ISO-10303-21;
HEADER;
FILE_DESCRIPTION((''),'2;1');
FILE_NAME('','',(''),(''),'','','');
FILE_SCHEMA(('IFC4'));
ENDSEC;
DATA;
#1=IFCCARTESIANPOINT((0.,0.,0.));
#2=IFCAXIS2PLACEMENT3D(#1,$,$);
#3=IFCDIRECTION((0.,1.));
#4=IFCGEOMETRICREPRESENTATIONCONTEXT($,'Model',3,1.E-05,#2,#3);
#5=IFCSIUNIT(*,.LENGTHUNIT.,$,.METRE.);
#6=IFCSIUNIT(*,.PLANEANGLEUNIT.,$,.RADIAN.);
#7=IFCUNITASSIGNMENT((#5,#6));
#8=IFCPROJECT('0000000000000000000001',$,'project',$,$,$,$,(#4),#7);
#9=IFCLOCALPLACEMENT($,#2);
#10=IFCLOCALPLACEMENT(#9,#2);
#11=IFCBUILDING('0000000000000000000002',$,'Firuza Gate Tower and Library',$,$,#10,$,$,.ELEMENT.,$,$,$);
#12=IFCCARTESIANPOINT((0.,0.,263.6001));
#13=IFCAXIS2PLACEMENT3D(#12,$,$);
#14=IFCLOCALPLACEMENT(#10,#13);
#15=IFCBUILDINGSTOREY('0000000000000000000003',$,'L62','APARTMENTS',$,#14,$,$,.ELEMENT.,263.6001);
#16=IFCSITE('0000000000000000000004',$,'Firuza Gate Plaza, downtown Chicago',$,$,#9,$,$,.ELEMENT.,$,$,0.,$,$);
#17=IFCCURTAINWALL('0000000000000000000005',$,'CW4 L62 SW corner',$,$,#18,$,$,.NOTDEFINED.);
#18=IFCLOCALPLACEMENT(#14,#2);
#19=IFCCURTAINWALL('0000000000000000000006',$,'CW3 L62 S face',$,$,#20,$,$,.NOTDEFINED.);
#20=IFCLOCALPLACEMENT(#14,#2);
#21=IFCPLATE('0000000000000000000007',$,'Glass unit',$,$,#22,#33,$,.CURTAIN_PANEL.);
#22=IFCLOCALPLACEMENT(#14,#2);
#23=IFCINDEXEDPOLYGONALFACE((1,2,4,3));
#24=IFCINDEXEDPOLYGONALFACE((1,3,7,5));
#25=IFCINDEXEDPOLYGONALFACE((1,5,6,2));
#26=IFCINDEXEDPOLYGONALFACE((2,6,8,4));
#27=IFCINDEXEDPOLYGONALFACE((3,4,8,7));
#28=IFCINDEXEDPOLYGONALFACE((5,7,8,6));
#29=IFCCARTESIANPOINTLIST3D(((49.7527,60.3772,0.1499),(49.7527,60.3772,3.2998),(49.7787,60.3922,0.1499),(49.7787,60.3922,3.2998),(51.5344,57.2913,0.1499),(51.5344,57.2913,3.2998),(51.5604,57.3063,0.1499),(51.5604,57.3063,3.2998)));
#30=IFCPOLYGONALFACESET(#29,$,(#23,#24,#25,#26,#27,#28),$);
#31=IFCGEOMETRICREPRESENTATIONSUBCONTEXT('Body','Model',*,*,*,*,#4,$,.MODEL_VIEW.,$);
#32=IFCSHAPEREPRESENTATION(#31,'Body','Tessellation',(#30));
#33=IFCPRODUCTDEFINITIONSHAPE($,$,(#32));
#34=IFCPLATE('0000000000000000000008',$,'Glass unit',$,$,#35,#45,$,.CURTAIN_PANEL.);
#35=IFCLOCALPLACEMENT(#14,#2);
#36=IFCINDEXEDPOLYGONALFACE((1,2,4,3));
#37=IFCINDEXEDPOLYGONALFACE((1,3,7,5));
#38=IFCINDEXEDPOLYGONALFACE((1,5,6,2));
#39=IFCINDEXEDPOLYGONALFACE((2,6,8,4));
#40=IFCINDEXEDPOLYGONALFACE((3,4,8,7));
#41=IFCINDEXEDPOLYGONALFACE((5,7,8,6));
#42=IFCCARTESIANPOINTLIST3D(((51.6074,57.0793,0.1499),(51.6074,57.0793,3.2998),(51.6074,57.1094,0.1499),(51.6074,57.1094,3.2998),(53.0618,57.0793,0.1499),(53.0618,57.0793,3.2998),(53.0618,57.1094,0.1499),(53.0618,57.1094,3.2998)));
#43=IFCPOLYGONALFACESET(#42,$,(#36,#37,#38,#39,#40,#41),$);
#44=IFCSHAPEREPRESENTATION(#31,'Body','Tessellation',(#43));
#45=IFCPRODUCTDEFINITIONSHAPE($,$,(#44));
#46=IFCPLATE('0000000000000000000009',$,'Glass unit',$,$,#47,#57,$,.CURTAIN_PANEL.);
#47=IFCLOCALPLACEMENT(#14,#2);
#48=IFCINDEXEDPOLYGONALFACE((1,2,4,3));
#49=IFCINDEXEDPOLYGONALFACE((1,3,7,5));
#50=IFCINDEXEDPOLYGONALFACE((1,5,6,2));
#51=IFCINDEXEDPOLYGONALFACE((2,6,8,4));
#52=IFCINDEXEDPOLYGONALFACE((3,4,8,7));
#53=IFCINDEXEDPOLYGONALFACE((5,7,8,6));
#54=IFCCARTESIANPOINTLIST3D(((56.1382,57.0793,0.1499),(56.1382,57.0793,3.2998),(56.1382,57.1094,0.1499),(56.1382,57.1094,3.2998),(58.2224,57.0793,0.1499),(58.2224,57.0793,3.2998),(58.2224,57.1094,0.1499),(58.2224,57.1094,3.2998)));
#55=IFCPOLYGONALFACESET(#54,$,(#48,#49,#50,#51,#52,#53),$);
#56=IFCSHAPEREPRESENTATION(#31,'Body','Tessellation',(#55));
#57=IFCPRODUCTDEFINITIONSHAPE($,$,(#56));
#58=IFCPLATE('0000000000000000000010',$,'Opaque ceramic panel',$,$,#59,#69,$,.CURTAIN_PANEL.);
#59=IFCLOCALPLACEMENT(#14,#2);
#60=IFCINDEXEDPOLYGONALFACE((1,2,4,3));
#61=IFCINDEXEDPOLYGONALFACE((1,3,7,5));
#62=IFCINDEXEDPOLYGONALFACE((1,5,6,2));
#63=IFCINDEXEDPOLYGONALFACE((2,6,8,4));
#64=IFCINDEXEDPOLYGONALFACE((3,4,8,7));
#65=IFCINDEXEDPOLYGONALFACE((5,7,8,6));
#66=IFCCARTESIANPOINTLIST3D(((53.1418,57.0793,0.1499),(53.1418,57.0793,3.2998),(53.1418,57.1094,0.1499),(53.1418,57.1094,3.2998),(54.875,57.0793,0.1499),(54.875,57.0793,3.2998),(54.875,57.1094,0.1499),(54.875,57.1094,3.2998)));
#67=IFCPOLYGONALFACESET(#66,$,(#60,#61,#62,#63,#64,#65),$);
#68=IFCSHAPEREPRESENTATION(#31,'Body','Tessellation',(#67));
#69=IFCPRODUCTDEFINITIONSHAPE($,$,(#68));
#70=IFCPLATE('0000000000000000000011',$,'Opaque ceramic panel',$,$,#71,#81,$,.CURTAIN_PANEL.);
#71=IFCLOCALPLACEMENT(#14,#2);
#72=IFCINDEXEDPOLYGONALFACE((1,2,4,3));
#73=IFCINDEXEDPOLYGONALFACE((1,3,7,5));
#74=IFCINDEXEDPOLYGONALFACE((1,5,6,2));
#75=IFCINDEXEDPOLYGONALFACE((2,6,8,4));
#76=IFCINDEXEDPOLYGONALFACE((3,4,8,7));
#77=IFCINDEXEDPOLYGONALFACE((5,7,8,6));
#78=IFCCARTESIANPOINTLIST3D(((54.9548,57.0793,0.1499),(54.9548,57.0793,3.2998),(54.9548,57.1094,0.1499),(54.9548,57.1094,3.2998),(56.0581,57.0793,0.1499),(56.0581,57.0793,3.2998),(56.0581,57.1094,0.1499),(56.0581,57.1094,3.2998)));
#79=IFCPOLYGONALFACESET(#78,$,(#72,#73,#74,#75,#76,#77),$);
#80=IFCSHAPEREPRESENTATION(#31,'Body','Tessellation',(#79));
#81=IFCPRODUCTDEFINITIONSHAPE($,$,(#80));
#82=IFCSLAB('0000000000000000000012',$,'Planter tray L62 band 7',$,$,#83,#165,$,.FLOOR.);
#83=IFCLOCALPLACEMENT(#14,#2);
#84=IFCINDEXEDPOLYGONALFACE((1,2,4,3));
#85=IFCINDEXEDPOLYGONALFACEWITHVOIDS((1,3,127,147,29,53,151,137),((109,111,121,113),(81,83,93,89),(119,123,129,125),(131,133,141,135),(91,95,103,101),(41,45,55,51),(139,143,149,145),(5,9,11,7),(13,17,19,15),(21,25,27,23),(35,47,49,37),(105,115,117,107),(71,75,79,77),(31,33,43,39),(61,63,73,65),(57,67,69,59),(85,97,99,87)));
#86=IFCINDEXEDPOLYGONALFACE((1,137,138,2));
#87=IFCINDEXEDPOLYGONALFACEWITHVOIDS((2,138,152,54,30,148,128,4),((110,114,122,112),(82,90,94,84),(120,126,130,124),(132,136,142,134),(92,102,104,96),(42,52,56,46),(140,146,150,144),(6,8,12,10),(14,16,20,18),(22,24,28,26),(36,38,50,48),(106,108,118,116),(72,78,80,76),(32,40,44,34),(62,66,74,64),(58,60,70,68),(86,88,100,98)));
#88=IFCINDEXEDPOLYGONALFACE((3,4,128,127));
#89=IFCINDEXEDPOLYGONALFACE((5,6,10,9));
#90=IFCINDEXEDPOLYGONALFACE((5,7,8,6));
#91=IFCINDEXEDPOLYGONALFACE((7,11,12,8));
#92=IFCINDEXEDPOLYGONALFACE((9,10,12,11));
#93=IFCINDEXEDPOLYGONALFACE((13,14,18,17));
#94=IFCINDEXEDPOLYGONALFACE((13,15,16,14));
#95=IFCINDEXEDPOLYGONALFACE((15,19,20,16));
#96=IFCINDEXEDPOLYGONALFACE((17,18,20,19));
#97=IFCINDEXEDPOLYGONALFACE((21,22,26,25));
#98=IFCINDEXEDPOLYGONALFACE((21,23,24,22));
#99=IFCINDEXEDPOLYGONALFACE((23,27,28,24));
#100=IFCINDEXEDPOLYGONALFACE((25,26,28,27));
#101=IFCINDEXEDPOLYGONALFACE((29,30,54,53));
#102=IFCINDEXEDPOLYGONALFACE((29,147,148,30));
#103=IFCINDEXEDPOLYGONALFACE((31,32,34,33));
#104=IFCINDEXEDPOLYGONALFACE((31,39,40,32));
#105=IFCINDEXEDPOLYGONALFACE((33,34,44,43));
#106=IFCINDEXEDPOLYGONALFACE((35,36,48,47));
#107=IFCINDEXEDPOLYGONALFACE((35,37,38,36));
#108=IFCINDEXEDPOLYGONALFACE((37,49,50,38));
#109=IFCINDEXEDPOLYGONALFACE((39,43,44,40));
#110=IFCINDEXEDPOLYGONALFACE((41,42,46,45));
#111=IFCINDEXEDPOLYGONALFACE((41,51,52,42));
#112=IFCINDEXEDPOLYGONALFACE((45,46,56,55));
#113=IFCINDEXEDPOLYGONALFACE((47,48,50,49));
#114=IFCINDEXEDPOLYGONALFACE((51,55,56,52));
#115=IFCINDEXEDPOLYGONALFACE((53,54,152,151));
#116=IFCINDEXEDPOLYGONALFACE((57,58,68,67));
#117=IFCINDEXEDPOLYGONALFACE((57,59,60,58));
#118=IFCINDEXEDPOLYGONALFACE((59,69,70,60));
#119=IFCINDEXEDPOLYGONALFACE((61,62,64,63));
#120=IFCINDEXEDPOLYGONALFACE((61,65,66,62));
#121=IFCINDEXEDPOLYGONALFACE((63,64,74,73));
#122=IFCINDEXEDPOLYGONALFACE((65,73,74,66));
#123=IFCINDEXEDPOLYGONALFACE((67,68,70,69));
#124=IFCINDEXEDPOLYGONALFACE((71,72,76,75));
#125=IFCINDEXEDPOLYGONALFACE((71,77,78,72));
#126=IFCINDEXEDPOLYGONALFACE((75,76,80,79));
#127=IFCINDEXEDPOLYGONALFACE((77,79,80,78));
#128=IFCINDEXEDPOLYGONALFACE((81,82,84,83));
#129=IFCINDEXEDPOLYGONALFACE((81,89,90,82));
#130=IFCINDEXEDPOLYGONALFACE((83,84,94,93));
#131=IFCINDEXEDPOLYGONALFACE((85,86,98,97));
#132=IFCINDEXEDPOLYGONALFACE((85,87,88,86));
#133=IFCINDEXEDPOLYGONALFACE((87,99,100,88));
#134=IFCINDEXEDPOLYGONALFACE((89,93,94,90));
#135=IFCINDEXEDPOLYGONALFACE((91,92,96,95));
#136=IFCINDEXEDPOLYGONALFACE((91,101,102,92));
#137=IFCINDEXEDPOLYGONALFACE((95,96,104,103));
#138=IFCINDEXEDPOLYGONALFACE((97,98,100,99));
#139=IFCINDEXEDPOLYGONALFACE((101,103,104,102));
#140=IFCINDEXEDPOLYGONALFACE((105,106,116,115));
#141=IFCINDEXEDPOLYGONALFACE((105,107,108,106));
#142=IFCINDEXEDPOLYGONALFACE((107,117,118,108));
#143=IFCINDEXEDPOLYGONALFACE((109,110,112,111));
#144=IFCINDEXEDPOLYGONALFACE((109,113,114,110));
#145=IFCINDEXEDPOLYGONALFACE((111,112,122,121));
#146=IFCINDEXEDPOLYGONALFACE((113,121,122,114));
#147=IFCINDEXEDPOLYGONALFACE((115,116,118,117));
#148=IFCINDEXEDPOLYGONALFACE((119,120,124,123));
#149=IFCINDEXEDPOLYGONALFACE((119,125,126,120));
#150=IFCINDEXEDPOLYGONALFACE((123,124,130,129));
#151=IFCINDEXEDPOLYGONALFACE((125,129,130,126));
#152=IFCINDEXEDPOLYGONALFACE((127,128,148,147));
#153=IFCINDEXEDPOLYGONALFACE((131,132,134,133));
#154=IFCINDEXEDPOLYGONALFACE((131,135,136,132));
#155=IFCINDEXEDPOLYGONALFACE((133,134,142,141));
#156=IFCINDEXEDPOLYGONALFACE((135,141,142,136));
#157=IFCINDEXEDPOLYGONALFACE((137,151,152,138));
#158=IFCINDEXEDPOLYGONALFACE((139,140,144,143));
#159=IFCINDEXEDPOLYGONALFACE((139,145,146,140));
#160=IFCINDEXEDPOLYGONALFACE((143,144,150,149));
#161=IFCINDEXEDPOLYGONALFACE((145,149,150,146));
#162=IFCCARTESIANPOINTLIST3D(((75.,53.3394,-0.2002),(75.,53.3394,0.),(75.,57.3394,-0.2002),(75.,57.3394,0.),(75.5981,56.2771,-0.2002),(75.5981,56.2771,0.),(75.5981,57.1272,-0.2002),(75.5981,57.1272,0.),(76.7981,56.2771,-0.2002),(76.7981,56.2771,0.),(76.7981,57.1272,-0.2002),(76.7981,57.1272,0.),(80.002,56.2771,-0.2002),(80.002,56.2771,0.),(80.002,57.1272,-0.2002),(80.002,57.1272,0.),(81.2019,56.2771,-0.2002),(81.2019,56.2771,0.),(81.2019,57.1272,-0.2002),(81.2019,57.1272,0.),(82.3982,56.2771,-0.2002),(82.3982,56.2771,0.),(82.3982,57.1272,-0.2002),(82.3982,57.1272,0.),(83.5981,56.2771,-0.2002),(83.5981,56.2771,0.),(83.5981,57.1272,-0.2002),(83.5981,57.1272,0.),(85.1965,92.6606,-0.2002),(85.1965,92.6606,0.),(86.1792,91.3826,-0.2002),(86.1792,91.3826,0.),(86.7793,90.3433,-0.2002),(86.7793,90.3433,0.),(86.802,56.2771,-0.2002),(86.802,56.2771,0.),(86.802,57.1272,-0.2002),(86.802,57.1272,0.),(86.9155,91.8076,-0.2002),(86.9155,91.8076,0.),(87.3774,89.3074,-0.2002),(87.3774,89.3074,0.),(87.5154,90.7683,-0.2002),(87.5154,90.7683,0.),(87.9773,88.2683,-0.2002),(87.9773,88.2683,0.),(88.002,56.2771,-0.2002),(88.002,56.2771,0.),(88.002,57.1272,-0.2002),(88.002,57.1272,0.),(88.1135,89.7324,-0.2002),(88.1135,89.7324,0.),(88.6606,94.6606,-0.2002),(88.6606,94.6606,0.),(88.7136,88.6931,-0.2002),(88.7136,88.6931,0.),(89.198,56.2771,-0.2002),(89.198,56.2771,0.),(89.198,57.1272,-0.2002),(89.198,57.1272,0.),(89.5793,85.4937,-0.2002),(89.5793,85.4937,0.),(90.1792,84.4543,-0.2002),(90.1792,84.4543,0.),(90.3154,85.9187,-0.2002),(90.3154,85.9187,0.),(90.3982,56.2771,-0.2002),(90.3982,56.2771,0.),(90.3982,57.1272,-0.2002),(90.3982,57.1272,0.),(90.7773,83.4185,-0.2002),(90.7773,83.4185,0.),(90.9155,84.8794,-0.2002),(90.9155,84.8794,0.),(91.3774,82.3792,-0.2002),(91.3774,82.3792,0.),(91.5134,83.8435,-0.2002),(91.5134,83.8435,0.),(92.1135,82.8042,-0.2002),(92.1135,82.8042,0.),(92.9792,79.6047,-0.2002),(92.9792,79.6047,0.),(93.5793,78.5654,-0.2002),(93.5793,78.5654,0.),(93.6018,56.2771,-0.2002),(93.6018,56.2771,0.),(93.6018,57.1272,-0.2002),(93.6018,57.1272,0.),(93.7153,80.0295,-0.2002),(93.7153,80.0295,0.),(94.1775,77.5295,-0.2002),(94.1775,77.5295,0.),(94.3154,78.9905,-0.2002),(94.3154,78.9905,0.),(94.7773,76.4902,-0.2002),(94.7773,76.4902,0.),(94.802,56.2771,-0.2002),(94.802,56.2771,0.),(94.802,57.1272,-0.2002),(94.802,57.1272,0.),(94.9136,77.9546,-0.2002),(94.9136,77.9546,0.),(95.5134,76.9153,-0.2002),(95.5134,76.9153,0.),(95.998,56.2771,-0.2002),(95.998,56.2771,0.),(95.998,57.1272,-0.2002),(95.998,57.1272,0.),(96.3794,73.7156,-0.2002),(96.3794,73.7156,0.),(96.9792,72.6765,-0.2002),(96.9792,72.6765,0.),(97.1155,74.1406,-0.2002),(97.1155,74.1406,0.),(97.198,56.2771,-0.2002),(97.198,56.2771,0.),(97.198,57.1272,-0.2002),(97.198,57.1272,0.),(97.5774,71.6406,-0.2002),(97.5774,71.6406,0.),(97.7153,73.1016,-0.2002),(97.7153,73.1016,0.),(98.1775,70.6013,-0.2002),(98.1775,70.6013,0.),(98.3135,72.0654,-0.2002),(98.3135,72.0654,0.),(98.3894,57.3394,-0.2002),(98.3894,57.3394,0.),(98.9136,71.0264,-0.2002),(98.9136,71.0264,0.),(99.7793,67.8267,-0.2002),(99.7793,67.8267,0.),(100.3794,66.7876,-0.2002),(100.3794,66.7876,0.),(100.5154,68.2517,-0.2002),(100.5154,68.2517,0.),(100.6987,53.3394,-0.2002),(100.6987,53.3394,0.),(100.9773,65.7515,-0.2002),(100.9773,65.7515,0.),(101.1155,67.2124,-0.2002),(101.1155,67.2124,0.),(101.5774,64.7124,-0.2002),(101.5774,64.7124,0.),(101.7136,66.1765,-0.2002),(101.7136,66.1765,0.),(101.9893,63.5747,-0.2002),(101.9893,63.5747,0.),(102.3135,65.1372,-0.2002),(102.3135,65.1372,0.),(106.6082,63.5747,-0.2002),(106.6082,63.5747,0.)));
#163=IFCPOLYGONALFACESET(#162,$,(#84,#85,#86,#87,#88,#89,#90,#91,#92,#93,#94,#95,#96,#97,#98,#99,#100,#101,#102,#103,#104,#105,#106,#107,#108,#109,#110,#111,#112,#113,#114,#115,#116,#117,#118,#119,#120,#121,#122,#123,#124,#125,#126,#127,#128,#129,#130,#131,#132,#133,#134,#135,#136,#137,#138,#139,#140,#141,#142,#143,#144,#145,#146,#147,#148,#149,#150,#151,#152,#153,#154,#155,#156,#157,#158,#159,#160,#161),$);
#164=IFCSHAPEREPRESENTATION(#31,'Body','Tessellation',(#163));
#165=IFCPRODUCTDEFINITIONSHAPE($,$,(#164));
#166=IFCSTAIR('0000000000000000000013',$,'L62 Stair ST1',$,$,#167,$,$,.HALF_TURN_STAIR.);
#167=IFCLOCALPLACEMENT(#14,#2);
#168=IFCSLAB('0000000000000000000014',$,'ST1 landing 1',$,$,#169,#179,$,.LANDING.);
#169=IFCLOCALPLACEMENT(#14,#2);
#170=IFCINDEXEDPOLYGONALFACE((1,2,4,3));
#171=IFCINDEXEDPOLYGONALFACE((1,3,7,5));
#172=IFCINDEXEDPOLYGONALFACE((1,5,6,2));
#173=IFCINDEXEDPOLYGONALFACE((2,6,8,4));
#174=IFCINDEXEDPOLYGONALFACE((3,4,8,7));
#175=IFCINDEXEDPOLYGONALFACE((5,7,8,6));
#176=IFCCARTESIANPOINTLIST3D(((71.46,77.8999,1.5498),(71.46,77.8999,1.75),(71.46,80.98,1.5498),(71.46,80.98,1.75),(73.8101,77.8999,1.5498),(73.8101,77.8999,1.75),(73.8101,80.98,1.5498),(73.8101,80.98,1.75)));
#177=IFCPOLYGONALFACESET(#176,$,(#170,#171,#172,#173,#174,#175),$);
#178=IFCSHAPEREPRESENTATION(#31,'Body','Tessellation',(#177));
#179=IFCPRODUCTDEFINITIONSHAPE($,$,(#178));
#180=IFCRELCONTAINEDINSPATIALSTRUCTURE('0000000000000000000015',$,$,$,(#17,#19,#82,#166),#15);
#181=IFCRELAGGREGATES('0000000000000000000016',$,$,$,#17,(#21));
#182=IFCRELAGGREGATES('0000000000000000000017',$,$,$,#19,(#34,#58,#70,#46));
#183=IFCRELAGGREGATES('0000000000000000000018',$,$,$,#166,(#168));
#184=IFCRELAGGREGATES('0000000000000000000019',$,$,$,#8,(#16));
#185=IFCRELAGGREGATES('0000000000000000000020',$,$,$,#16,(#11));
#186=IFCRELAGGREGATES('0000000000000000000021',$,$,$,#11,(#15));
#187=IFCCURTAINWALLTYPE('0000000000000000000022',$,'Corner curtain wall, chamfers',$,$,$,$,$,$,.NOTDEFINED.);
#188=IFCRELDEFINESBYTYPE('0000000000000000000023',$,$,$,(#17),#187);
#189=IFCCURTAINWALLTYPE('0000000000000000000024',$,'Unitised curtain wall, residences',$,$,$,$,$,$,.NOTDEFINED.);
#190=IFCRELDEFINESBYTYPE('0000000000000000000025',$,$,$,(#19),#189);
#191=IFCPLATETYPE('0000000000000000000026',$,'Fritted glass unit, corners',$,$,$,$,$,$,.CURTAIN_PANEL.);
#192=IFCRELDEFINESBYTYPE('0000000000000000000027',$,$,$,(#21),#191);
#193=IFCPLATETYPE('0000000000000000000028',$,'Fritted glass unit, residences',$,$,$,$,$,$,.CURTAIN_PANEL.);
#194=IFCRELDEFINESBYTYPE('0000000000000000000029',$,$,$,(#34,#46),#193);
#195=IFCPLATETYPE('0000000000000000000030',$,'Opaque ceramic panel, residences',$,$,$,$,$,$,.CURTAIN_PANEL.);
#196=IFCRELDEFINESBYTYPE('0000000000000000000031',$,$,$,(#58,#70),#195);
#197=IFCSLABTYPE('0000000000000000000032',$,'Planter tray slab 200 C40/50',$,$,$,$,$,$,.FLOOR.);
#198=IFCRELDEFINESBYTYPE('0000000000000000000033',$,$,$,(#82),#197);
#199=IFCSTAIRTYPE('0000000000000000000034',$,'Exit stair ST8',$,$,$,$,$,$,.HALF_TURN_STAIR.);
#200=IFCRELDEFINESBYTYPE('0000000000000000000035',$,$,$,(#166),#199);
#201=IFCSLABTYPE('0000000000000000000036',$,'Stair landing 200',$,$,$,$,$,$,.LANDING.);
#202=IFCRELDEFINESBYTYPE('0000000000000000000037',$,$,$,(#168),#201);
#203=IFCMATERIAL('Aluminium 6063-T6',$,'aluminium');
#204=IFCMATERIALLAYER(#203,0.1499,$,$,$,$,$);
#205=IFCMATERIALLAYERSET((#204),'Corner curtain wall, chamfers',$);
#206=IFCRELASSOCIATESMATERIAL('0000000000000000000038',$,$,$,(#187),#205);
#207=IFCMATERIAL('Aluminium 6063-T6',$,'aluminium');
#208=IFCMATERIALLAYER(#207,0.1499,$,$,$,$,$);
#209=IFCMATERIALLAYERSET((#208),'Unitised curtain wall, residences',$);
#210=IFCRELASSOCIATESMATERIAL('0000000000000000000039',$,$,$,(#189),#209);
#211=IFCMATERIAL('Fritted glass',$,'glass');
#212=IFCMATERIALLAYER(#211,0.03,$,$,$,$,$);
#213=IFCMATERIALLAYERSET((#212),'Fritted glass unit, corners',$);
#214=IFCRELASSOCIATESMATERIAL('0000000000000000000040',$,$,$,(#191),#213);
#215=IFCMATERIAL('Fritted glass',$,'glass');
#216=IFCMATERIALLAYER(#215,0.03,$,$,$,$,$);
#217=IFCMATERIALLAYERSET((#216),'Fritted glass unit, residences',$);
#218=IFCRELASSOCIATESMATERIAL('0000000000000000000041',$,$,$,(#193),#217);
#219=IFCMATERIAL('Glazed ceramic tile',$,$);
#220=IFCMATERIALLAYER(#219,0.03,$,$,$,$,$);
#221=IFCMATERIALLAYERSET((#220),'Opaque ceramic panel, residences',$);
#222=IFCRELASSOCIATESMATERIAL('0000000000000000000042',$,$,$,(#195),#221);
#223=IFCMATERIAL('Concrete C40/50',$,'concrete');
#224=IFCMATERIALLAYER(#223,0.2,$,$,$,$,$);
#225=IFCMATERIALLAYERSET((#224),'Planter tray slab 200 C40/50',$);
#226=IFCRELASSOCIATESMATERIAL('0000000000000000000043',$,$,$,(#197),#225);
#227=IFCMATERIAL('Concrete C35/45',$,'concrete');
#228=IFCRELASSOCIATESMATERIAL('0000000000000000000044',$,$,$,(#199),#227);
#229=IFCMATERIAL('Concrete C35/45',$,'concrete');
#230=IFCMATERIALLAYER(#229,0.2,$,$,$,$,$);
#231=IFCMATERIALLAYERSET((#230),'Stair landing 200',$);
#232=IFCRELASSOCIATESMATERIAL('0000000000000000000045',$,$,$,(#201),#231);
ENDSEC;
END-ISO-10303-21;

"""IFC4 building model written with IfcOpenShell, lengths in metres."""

from ifc_helpers import new_model, si_unit, direction, frame, origin, place, context, subcontext, project, spatial, polyline, outline, extrude, material, layer, layer_set, type_object, element, aggregate, save


model = new_model("IFC4")

# Units and contexts
model_context = context("Model", 3, precision=1e-05, world=origin(), true_north=direction((0.0, 1.0)))
body_context = subcontext(model_context, "Body", "Model", "MODEL_VIEW")
ifc_project = project(units=[si_unit("LENGTHUNIT", "METRE"), si_unit("PLANEANGLEUNIT", "RADIAN")], contexts=[model_context])

# Site, building, storey
site_placement = place(None, origin())
site = spatial("IfcSite", under=ifc_project, at=site_placement, Name="Firuza Gate Plaza, downtown Chicago", CompositionType="ELEMENT", RefElevation=0.0)
building_placement = place(site_placement, origin())
building = spatial("IfcBuilding", under=site, at=building_placement, Name="Firuza Gate Tower and Library", CompositionType="ELEMENT")
storey_placement = place(building_placement, frame((0.0, 0.0, 263.6001)))
storey = spatial("IfcBuildingStorey", under=building, at=storey_placement, Name="L62", Description="APARTMENTS", CompositionType="ELEMENT", Elevation=263.6001)

# Curtain walls
ifc_material_1 = material(Name="Aluminium 6063-T6", Category="aluminium")
ifc_layer_1 = layer(ifc_material_1, 0.1499)
ifc_layer_set_1 = layer_set([ifc_layer_1], Name="Corner curtain wall, chamfers")
curtain_wall_type_1 = type_object("IfcCurtainWallType", Name="Corner curtain wall, chamfers", PredefinedType="NOTDEFINED", material=ifc_layer_set_1)
placement_1 = place(storey_placement, origin())
curtain_wall_1 = element("IfcCurtainWall", 1, at=placement_1, inside=storey, type_object=curtain_wall_type_1, Name="CW4 L62 SW corner", PredefinedType="NOTDEFINED")
ifc_material_2 = material(Name="Aluminium 6063-T6", Category="aluminium")
ifc_layer_2 = layer(ifc_material_2, 0.1499)
ifc_layer_set_2 = layer_set([ifc_layer_2], Name="Unitised curtain wall, residences")
curtain_wall_type_2 = type_object("IfcCurtainWallType", Name="Unitised curtain wall, residences", PredefinedType="NOTDEFINED", material=ifc_layer_set_2)
curtain_wall_2 = element("IfcCurtainWall", 2, at=placement_1, inside=storey, type_object=curtain_wall_type_2, Name="CW3 L62 S face", PredefinedType="NOTDEFINED")

# Shared definitions
placement_2 = place(storey_placement, frame((0.0, 0.0, -0.2002)))

# Plates
ifc_material_3 = material(Name="Fritted glass", Category="glass")
ifc_layer_3 = layer(ifc_material_3, 0.03)
ifc_layer_set_3 = layer_set([ifc_layer_3], Name="Fritted glass unit, corners")
plate_type_1 = type_object("IfcPlateType", Name="Fritted glass unit, corners", PredefinedType="CURTAIN_PANEL", material=ifc_layer_set_3)
plate_1_placement = place(storey_placement, frame((49.7527, 60.3772, 0.1499), z_axis=(-0.866017, -0.500015, 0.0), x_axis=(0.500015, -0.866017, 0.0)))
plate_1 = element("IfcPlate", 3, at=plate_1_placement, type_object=plate_type_1, Name="Glass unit", PredefinedType="CURTAIN_PANEL", context=body_context, shape_type="SweptSolid", body=[
    extrude(outline(polyline([(0.0, 0.0), (3.5634, 0.0), (3.5634, 3.1499), (0.0, 3.1499), (0.0, 0.0)])), origin(), (0.0, 0.0, -1.0), 0.03),
])
aggregate(curtain_wall_1, [plate_1])
ifc_material_4 = material(Name="Fritted glass", Category="glass")
ifc_layer_4 = layer(ifc_material_4, 0.03)
ifc_layer_set_4 = layer_set([ifc_layer_4], Name="Fritted glass unit, residences")
plate_type_2 = type_object("IfcPlateType", Name="Fritted glass unit, residences", PredefinedType="CURTAIN_PANEL", material=ifc_layer_set_4)
plate_2_placement = place(storey_placement, frame((51.6074, 57.0793, 0.1499), z_axis=(0.0, -1.0, 0.0), x_axis=(1.0, 0.0, 0.0)))
plate_2 = element("IfcPlate", 4, at=plate_2_placement, type_object=plate_type_2, Name="Glass unit", PredefinedType="CURTAIN_PANEL", context=body_context, shape_type="SweptSolid", body=[
    extrude(outline(polyline([(0.0, 0.0), (1.4543, 0.0), (1.4543, 3.1499), (0.0, 3.1499), (0.0, 0.0)])), origin(), (0.0, 0.0, -1.0), 0.03),
])
plate_3_placement = place(storey_placement, frame((56.1382, 57.0793, 0.1499), z_axis=(0.0, -1.0, 0.0), x_axis=(1.0, 0.0, 0.0)))
plate_3 = element("IfcPlate", 5, at=plate_3_placement, type_object=plate_type_2, Name="Glass unit", PredefinedType="CURTAIN_PANEL", context=body_context, shape_type="SweptSolid", body=[
    extrude(outline(polyline([(0.0, 0.0), (2.0842, 0.0), (2.0842, 3.1499), (0.0, 3.1499), (0.0, 0.0)])), origin(), (0.0, 0.0, -1.0), 0.03),
])
ifc_material_5 = material(Name="Glazed ceramic tile")
ifc_layer_5 = layer(ifc_material_5, 0.03)
ifc_layer_set_5 = layer_set([ifc_layer_5], Name="Opaque ceramic panel, residences")
plate_type_3 = type_object("IfcPlateType", Name="Opaque ceramic panel, residences", PredefinedType="CURTAIN_PANEL", material=ifc_layer_set_5)
plate_4_placement = place(storey_placement, frame((53.1418, 57.0793, 0.1499), z_axis=(0.0, -1.0, 0.0), x_axis=(1.0, 0.0, 0.0)))
plate_4 = element("IfcPlate", 6, at=plate_4_placement, type_object=plate_type_3, Name="Opaque ceramic panel", PredefinedType="CURTAIN_PANEL", context=body_context, shape_type="SweptSolid", body=[
    extrude(outline(polyline([(0.0, 0.0), (1.7332, 0.0), (1.7332, 3.1499), (0.0, 3.1499), (0.0, 0.0)])), origin(), (0.0, 0.0, -1.0), 0.03),
])
plate_5_placement = place(storey_placement, frame((54.9548, 57.0793, 0.1499), z_axis=(0.0, -1.0, 0.0), x_axis=(1.0, 0.0, 0.0)))
plate_5 = element("IfcPlate", 7, at=plate_5_placement, type_object=plate_type_3, Name="Opaque ceramic panel", PredefinedType="CURTAIN_PANEL", context=body_context, shape_type="SweptSolid", body=[
    extrude(outline(polyline([(0.0, 0.0), (1.1033, 0.0), (1.1033, 3.1499), (0.0, 3.1499), (0.0, 0.0)])), origin(), (0.0, 0.0, -1.0), 0.03),
])
aggregate(curtain_wall_2, [plate_2, plate_4, plate_5, plate_3])

# Slab
ifc_material_6 = material(Name="Concrete C40/50", Category="concrete")
ifc_layer_6 = layer(ifc_material_6, 0.2)
ifc_layer_set_6 = layer_set([ifc_layer_6], Name="Planter tray slab 200 C40/50")
slab_type_1 = type_object("IfcSlabType", Name="Planter tray slab 200 C40/50", PredefinedType="FLOOR", material=ifc_layer_set_6)
element("IfcSlab", 8, at=placement_2, inside=storey, type_object=slab_type_1, Name="Planter tray L62 band 7", PredefinedType="FLOOR", context=body_context, shape_type="SweptSolid", body=[
    extrude(outline(polyline([(75.0, 57.3394), (75.0, 53.3394), (100.6987, 53.3394), (106.6082, 63.5747), (88.6606, 94.6606), (85.1965, 92.6606), (101.9893, 63.5747), (98.3894, 57.3394), (75.0, 57.3394)]), holes=[polyline([(75.5981, 57.1272), (76.7981, 57.1272), (76.7981, 56.2771), (75.5981, 56.2771), (75.5981, 57.1272)]), polyline([(80.002, 56.2771), (80.002, 57.1272), (81.2019, 57.1272), (81.2019, 56.2771), (80.002, 56.2771)]), polyline([(82.3982, 57.1272), (83.5981, 57.1272), (83.5981, 56.2771), (82.3982, 56.2771), (82.3982, 57.1272)]), polyline([(86.802, 56.2771), (86.802, 57.1272), (88.002, 57.1272), (88.002, 56.2771), (86.802, 56.2771)]), polyline([(89.198, 57.1272), (90.3982, 57.1272), (90.3982, 56.2771), (89.198, 56.2771), (89.198, 57.1272)]), polyline([(93.6018, 57.1272), (94.802, 57.1272), (94.802, 56.2771), (93.6018, 56.2771), (93.6018, 57.1272)]), polyline([(95.998, 56.2771), (95.998, 57.1272), (97.198, 57.1272), (97.198, 56.2771), (95.998, 56.2771)]), polyline([(102.3135, 65.1372), (101.5774, 64.7124), (100.9773, 65.7515), (101.7136, 66.1765), (102.3135, 65.1372)]), polyline([(101.1155, 67.2124), (100.3794, 66.7876), (99.7793, 67.8267), (100.5154, 68.2517), (101.1155, 67.2124)]), polyline([(98.1775, 70.6013), (97.5774, 71.6406), (98.3135, 72.0654), (98.9136, 71.0264), (98.1775, 70.6013)]), polyline([(96.9792, 72.6765), (96.3794, 73.7156), (97.1155, 74.1406), (97.7153, 73.1016), (96.9792, 72.6765)]), polyline([(95.5134, 76.9153), (94.7773, 76.4902), (94.1775, 77.5295), (94.9136, 77.9546), (95.5134, 76.9153)]), polyline([(93.5793, 78.5654), (92.9792, 79.6047), (93.7153, 80.0295), (94.3154, 78.9905), (93.5793, 78.5654)]), polyline([(91.3774, 82.3792), (90.7773, 83.4185), (91.5134, 83.8435), (92.1135, 82.8042), (91.3774, 82.3792)]), polyline([(90.9155, 84.8794), (90.1792, 84.4543), (89.5793, 85.4937), (90.3154, 85.9187), (90.9155, 84.8794)]), polyline([(87.9773, 88.2683), (87.3774, 89.3074), (88.1135, 89.7324), (88.7136, 88.6931), (87.9773, 88.2683)]), polyline([(86.7793, 90.3433), (86.1792, 91.3826), (86.9155, 91.8076), (87.5154, 90.7683), (86.7793, 90.3433)])]), origin(), (0.0, 0.0, 1.0), 0.2002),
])

# Stair, slab
ifc_material_7 = material(Name="Concrete C35/45", Category="concrete")
stair_type_1 = type_object("IfcStairType", Name="Exit stair ST8", PredefinedType="HALF_TURN_STAIR", material=ifc_material_7)
stair_1 = element("IfcStair", 9, at=placement_1, inside=storey, type_object=stair_type_1, Name="L62 Stair ST1", PredefinedType="HALF_TURN_STAIR")
ifc_material_8 = material(Name="Concrete C35/45", Category="concrete")
ifc_layer_7 = layer(ifc_material_8, 0.2)
ifc_layer_set_7 = layer_set([ifc_layer_7], Name="Stair landing 200")
slab_type_2 = type_object("IfcSlabType", Name="Stair landing 200", PredefinedType="LANDING", material=ifc_layer_set_7)
placement_3 = place(storey_placement, frame((0.0, 0.0, 1.5498)))
slab_1 = element("IfcSlab", 10, at=placement_3, type_object=slab_type_2, Name="ST1 landing 1", PredefinedType="LANDING", context=body_context, shape_type="SweptSolid", body=[
    extrude(outline(polyline([(71.46, 77.8999), (73.8101, 77.8999), (73.8101, 80.98), (71.46, 80.98), (71.46, 77.8999)])), origin(), (0.0, 0.0, 1.0), 0.2002),
])
aggregate(stair_1, [slab_1])

save(model, "model.ifc")
